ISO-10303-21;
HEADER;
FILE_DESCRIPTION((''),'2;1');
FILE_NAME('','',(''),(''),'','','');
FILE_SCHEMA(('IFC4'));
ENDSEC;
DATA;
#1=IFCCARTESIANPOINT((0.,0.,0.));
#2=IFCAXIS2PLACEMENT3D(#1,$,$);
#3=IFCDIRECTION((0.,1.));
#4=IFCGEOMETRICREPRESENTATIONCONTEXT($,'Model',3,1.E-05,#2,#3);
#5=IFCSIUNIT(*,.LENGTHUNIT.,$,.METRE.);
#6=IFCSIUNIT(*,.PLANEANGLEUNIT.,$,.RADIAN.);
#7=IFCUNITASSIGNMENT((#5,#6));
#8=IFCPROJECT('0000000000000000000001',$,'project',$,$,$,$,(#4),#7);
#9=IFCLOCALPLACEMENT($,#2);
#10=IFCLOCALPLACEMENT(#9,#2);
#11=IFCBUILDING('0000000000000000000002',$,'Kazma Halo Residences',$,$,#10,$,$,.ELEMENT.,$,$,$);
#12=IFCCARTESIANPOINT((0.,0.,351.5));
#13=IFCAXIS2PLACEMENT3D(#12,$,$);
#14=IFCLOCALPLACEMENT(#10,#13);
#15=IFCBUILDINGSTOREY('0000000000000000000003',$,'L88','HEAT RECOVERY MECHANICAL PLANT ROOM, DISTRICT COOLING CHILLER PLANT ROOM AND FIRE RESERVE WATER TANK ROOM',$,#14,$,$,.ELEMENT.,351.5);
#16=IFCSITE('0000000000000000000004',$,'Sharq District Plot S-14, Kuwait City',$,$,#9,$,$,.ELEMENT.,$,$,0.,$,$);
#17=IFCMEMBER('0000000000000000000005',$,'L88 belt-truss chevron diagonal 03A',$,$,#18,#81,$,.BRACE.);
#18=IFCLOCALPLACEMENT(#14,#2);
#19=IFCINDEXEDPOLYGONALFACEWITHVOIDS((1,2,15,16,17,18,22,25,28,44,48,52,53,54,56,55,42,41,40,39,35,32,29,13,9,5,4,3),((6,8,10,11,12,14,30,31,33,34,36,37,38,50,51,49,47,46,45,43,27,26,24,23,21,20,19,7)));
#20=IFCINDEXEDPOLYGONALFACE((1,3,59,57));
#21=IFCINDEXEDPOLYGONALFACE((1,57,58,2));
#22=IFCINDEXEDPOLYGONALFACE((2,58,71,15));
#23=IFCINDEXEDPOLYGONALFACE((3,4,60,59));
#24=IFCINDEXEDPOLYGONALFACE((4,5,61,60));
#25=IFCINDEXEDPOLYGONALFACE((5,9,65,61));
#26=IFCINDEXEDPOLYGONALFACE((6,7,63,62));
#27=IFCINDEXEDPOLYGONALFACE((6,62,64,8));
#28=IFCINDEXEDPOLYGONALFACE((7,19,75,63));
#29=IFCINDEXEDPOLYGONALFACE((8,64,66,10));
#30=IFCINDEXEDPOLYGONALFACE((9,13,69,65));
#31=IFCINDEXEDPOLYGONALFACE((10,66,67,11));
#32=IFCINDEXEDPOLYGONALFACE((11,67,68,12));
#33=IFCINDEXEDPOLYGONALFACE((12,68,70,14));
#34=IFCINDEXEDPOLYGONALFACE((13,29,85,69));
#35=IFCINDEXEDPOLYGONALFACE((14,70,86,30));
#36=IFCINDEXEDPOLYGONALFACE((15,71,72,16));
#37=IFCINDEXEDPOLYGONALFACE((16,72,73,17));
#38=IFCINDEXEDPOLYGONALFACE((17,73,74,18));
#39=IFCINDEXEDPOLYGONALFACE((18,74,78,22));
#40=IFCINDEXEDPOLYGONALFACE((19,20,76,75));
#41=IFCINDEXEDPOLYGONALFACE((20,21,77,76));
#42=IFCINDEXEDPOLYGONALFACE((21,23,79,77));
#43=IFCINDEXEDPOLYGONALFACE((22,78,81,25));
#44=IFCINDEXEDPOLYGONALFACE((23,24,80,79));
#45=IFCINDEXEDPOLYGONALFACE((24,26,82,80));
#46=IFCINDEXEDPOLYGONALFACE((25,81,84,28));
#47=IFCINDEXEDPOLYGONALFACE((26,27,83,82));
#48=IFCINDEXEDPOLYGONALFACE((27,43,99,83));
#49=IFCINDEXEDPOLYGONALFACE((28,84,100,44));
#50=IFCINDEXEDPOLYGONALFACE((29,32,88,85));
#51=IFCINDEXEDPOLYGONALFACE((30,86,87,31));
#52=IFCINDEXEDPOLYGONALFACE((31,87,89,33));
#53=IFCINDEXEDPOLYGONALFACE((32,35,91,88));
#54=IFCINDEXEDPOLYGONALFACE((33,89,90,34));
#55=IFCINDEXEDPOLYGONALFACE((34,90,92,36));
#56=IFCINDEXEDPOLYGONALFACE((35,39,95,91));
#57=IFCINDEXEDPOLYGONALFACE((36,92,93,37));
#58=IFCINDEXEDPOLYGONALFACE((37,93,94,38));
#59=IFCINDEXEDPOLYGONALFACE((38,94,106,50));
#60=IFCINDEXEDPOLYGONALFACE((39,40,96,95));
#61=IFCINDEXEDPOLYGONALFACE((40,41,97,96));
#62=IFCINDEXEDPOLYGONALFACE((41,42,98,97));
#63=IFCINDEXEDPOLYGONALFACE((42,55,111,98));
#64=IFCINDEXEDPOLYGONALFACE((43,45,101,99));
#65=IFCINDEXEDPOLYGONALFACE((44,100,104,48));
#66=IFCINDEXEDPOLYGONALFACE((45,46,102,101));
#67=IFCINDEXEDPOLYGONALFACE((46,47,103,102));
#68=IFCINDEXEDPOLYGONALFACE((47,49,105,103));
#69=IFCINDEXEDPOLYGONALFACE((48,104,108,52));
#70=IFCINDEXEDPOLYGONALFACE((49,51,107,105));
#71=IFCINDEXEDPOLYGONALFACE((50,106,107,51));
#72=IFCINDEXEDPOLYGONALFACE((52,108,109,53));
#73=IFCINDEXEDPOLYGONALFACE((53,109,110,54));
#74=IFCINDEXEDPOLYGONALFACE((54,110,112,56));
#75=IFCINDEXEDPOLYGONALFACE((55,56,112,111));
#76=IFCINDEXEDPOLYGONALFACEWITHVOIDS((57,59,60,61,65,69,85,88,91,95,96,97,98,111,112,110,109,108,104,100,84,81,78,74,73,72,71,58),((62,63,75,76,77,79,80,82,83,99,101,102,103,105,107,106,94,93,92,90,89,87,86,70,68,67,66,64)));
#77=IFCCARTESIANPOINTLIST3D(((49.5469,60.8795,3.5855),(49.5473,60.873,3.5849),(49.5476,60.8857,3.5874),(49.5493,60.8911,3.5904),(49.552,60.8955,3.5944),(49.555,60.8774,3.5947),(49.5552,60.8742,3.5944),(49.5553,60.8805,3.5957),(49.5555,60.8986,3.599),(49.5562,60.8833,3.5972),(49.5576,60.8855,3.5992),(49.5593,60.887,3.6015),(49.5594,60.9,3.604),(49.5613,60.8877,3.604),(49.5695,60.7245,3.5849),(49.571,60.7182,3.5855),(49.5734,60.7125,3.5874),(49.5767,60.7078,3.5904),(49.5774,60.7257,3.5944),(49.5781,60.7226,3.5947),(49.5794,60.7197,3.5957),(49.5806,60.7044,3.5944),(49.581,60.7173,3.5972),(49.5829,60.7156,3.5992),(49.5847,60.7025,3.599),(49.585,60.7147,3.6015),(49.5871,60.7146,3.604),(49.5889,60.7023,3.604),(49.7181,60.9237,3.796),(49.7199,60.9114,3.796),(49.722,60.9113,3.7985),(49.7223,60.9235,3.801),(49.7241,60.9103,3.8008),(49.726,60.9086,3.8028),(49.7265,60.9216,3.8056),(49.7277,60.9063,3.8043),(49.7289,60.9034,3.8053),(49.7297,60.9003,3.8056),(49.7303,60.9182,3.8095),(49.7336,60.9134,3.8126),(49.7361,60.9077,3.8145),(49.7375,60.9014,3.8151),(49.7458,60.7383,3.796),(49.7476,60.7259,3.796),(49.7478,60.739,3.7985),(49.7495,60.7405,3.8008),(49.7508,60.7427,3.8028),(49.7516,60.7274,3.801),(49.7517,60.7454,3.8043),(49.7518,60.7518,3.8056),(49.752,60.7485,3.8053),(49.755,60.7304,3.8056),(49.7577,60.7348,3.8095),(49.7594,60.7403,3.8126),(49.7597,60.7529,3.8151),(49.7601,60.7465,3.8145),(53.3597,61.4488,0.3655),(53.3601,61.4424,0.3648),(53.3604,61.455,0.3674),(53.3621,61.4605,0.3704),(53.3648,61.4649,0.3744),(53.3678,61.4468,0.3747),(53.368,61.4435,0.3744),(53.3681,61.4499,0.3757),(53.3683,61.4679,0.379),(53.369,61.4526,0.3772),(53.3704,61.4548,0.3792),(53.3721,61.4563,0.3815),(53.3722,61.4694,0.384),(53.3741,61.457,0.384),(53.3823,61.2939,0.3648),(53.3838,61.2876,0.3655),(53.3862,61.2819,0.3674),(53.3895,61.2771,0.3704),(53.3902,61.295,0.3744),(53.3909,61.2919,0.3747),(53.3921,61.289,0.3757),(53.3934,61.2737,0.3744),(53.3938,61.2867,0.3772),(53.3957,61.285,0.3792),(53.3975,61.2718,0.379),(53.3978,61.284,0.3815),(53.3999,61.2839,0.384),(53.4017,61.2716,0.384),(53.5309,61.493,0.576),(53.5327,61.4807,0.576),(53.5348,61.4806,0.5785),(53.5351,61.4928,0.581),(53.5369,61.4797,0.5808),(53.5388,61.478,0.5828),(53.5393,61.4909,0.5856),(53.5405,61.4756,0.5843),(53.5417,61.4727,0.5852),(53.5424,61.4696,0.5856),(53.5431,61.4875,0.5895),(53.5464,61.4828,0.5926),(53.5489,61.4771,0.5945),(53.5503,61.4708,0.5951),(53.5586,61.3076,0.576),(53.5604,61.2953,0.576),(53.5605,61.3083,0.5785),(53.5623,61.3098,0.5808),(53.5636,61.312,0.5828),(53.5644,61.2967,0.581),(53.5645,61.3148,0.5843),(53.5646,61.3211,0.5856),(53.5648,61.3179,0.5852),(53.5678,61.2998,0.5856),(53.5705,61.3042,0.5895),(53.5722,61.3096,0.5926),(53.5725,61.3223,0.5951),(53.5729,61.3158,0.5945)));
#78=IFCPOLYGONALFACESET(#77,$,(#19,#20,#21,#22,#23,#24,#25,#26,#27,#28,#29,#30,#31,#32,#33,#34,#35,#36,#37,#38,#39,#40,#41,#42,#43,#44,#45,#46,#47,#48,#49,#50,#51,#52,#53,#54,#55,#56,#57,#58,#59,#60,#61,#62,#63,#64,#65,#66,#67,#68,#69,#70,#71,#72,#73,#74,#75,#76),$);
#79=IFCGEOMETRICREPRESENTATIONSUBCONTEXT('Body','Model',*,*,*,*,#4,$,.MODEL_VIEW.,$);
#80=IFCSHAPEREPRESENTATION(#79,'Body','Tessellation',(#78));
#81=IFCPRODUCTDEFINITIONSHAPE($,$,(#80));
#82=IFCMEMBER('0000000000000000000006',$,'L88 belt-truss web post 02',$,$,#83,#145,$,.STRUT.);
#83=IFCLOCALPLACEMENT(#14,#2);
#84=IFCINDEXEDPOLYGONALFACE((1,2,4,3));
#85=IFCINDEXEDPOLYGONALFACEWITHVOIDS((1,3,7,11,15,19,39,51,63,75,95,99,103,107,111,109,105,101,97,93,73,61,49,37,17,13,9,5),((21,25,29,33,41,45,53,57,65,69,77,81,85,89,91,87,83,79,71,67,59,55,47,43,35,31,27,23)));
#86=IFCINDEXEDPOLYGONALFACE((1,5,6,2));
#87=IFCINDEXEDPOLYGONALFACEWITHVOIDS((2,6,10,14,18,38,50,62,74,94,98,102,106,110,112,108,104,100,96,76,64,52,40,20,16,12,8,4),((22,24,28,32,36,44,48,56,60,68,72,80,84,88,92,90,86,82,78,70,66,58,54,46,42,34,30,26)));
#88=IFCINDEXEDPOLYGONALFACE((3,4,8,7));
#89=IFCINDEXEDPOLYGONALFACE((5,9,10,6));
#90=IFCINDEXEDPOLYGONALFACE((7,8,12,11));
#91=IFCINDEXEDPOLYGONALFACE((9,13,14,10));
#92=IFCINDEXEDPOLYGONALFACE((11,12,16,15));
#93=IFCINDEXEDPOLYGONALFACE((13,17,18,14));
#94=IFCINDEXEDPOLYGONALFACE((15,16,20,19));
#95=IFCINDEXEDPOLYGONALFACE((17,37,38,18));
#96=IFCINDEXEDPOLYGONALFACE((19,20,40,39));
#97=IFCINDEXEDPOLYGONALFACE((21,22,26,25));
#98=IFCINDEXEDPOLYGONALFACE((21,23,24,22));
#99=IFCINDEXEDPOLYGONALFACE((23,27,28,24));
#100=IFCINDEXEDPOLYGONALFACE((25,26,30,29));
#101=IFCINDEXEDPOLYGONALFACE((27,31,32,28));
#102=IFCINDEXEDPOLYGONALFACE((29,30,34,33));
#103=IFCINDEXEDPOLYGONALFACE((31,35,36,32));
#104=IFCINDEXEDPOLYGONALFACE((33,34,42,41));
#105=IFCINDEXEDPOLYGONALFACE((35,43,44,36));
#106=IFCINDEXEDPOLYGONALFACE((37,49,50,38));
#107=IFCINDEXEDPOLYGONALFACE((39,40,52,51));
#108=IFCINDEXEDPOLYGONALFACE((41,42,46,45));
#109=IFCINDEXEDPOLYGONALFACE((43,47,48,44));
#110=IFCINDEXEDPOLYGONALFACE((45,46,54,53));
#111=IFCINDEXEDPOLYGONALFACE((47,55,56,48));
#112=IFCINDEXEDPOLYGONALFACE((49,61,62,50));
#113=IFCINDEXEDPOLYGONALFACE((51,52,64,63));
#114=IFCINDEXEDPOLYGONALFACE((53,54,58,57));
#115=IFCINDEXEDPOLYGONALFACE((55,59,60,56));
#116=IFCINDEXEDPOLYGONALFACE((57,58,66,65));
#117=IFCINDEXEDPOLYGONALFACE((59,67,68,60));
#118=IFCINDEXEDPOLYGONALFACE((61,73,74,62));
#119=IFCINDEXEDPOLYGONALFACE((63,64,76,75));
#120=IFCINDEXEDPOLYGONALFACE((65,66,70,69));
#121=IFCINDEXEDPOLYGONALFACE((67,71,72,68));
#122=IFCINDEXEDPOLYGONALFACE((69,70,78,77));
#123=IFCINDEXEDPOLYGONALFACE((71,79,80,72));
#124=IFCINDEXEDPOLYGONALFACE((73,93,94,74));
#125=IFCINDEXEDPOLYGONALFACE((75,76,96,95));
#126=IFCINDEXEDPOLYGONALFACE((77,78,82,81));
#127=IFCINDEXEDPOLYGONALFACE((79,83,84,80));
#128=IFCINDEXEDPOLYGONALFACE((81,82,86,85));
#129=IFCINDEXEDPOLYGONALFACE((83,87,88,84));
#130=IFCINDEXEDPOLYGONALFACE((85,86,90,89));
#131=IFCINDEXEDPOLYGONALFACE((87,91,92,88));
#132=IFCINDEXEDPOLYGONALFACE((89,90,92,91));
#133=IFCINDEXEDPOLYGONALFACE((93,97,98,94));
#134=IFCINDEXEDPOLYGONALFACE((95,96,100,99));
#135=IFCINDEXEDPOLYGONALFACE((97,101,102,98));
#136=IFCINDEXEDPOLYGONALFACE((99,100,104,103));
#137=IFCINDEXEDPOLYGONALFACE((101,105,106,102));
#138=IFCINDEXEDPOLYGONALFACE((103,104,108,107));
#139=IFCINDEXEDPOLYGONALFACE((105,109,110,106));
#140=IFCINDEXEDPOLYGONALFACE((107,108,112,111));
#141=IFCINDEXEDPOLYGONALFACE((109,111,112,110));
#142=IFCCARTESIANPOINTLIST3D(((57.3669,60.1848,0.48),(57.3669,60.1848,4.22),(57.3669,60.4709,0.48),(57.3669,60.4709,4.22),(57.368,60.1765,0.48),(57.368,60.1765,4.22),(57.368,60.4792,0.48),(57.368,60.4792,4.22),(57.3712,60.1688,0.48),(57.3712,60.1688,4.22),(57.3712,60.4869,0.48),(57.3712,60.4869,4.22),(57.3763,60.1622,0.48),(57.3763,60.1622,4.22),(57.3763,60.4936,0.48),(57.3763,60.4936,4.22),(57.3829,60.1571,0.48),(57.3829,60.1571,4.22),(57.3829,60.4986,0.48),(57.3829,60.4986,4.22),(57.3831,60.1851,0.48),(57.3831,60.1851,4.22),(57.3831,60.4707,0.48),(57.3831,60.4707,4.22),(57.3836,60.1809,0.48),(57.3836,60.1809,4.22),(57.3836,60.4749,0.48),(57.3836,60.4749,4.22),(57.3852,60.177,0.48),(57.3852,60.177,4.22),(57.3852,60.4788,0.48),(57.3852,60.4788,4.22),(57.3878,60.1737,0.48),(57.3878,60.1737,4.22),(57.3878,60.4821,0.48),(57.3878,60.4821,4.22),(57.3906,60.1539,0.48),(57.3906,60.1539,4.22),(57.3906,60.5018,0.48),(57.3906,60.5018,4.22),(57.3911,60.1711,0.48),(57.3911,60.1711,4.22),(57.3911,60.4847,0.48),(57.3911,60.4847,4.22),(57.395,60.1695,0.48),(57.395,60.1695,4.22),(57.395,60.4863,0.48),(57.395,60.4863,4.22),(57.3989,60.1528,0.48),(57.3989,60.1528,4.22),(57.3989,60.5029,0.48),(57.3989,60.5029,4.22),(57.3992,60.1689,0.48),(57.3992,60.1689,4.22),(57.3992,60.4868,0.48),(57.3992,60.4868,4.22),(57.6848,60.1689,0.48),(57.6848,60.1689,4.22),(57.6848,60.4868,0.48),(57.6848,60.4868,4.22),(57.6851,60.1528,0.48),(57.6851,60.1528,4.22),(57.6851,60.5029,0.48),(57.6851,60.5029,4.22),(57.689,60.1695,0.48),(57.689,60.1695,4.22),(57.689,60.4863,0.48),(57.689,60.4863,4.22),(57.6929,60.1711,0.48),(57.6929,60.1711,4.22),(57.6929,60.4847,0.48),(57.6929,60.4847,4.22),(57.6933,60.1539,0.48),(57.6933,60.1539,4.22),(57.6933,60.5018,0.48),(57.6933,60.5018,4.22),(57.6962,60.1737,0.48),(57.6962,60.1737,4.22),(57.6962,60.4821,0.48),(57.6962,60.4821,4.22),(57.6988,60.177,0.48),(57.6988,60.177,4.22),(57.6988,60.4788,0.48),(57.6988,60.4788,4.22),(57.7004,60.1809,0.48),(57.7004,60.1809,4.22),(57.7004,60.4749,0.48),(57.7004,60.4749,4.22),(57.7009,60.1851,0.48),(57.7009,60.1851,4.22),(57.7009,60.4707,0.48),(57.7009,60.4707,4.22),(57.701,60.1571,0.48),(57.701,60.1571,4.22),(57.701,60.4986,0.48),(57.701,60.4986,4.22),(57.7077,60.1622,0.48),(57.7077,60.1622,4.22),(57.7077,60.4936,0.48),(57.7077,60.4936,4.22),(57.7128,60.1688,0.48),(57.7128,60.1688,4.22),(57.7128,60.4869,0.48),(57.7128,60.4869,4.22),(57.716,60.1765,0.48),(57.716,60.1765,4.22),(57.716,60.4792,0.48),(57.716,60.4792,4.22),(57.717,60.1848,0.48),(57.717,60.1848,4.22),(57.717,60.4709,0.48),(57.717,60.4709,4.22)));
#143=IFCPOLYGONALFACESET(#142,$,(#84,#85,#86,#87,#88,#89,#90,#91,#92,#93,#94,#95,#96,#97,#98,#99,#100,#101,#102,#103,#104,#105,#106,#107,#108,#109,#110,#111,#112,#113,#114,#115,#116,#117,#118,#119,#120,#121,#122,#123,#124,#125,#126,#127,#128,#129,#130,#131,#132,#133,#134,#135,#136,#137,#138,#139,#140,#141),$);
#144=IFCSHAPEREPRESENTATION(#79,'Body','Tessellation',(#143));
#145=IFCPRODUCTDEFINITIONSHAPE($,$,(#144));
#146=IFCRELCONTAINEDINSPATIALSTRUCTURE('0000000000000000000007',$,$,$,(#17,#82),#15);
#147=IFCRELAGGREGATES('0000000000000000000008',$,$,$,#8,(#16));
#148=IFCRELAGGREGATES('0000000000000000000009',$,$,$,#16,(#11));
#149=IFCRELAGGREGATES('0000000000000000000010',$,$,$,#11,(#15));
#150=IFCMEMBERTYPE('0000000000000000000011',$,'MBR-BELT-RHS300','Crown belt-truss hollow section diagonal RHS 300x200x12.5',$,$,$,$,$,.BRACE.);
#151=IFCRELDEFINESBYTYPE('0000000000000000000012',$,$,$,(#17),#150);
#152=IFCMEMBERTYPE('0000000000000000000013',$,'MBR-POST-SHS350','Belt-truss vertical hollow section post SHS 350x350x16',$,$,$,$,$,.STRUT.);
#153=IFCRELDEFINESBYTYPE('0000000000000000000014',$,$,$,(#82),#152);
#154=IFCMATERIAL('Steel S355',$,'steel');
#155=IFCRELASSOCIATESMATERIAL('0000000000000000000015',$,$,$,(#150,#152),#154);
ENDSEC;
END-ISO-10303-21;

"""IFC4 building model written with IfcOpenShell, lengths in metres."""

from ifc_helpers import new_model, si_unit, direction, frame, origin, origin_2d, place, context, subcontext, project, spatial, hollow_rectangle, extrude, material, material_profile, profile_set, type_object, element, save


model = new_model("IFC4")

# Units and contexts
model_context = context("Model", 3, precision=1e-05, world=origin(), true_north=direction((0.0, 1.0)))
body_context = subcontext(model_context, "Body", "Model", "MODEL_VIEW")
ifc_project = project(units=[si_unit("LENGTHUNIT", "METRE"), si_unit("PLANEANGLEUNIT", "RADIAN")], contexts=[model_context])

# Site, building, storey
site_placement = place(None, origin())
site = spatial("IfcSite", under=ifc_project, at=site_placement, Name="Sharq District Plot S-14, Kuwait City", CompositionType="ELEMENT", RefElevation=0.0)
building_placement = place(site_placement, origin())
building = spatial("IfcBuilding", under=site, at=building_placement, Name="Kazma Halo Residences", CompositionType="ELEMENT")
storey_placement = place(building_placement, frame((0.0, 0.0, 351.5)))
storey = spatial("IfcBuildingStorey", under=building, at=storey_placement, Name="L88", Description="HEAT RECOVERY MECHANICAL PLANT ROOM, DISTRICT COOLING CHILLER PLANT ROOM AND FIRE RESERVE WATER TANK ROOM", CompositionType="ELEMENT", Elevation=351.5)

# Shared definitions
ifc_material_1 = material(Name="Steel S355", Category="steel")

# Members
ifc_material_profile_1 = material_profile(ifc_material_1, hollow_rectangle(XDim=0.2, YDim=0.3, WallThickness=0.0125, InnerFilletRadius=0.0125, OuterFilletRadius=0.0249, at=origin_2d()), Name="RHS300x200x12.5")
ifc_profile_set_1 = profile_set([ifc_material_profile_1], Name="Steel S355")
member_type_1 = type_object("IfcMemberType", Name="MBR-BELT-RHS300", Description="Crown belt-truss hollow section diagonal RHS 300x200x12.5", PredefinedType="BRACE", material=ifc_profile_set_1)
member_1_placement = place(storey_placement, frame((53.4663, 61.3823, 0.48), z_axis=(-0.759075, -0.113348, 0.64106), x_axis=(0.147687, -0.989034, 0.0)))
element("IfcMember", 1, at=member_1_placement, inside=storey, type_object=member_type_1, Name="L88 belt-truss chevron diagonal 03A", PredefinedType="BRACE", context=body_context, shape_type="SweptSolid", body=[
    extrude(hollow_rectangle(XDim=0.2, YDim=0.3, WallThickness=0.0125, InnerFilletRadius=0.0125, OuterFilletRadius=0.0249, at=origin_2d()), origin(), (0.0, 0.0, 1.0), 5.0229),
])
ifc_material_profile_2 = material_profile(ifc_material_1, hollow_rectangle(XDim=0.3501, YDim=0.3501, WallThickness=0.0161, InnerFilletRadius=0.0161, OuterFilletRadius=0.032, at=origin_2d()), Name="SHS350x350x16")
ifc_profile_set_2 = profile_set([ifc_material_profile_2], Name="Steel S355")
member_type_2 = type_object("IfcMemberType", Name="MBR-POST-SHS350", Description="Belt-truss vertical hollow section post SHS 350x350x16", PredefinedType="STRUT", material=ifc_profile_set_2)
for number, where, z_axis, x_axis, name in (
    (2, (57.542, 60.3279, 0.48), (0.0, 0.0, 1.0), (1.0, 0.0, 0.0), "L88 belt-truss web post 02"),
):
    element("IfcMember", number, at=place(storey_placement, frame(where, z_axis=z_axis, x_axis=x_axis)), inside=storey, type_object=member_type_2, Name=name, PredefinedType="STRUT", context=body_context, shape_type="SweptSolid", body=[
        extrude(hollow_rectangle(XDim=0.3501, YDim=0.3501, WallThickness=0.0161, InnerFilletRadius=0.0161, OuterFilletRadius=0.032, at=origin_2d()), origin(), (0.0, 0.0, 1.0), 3.74),
    ])

save(model, "model.ifc")
